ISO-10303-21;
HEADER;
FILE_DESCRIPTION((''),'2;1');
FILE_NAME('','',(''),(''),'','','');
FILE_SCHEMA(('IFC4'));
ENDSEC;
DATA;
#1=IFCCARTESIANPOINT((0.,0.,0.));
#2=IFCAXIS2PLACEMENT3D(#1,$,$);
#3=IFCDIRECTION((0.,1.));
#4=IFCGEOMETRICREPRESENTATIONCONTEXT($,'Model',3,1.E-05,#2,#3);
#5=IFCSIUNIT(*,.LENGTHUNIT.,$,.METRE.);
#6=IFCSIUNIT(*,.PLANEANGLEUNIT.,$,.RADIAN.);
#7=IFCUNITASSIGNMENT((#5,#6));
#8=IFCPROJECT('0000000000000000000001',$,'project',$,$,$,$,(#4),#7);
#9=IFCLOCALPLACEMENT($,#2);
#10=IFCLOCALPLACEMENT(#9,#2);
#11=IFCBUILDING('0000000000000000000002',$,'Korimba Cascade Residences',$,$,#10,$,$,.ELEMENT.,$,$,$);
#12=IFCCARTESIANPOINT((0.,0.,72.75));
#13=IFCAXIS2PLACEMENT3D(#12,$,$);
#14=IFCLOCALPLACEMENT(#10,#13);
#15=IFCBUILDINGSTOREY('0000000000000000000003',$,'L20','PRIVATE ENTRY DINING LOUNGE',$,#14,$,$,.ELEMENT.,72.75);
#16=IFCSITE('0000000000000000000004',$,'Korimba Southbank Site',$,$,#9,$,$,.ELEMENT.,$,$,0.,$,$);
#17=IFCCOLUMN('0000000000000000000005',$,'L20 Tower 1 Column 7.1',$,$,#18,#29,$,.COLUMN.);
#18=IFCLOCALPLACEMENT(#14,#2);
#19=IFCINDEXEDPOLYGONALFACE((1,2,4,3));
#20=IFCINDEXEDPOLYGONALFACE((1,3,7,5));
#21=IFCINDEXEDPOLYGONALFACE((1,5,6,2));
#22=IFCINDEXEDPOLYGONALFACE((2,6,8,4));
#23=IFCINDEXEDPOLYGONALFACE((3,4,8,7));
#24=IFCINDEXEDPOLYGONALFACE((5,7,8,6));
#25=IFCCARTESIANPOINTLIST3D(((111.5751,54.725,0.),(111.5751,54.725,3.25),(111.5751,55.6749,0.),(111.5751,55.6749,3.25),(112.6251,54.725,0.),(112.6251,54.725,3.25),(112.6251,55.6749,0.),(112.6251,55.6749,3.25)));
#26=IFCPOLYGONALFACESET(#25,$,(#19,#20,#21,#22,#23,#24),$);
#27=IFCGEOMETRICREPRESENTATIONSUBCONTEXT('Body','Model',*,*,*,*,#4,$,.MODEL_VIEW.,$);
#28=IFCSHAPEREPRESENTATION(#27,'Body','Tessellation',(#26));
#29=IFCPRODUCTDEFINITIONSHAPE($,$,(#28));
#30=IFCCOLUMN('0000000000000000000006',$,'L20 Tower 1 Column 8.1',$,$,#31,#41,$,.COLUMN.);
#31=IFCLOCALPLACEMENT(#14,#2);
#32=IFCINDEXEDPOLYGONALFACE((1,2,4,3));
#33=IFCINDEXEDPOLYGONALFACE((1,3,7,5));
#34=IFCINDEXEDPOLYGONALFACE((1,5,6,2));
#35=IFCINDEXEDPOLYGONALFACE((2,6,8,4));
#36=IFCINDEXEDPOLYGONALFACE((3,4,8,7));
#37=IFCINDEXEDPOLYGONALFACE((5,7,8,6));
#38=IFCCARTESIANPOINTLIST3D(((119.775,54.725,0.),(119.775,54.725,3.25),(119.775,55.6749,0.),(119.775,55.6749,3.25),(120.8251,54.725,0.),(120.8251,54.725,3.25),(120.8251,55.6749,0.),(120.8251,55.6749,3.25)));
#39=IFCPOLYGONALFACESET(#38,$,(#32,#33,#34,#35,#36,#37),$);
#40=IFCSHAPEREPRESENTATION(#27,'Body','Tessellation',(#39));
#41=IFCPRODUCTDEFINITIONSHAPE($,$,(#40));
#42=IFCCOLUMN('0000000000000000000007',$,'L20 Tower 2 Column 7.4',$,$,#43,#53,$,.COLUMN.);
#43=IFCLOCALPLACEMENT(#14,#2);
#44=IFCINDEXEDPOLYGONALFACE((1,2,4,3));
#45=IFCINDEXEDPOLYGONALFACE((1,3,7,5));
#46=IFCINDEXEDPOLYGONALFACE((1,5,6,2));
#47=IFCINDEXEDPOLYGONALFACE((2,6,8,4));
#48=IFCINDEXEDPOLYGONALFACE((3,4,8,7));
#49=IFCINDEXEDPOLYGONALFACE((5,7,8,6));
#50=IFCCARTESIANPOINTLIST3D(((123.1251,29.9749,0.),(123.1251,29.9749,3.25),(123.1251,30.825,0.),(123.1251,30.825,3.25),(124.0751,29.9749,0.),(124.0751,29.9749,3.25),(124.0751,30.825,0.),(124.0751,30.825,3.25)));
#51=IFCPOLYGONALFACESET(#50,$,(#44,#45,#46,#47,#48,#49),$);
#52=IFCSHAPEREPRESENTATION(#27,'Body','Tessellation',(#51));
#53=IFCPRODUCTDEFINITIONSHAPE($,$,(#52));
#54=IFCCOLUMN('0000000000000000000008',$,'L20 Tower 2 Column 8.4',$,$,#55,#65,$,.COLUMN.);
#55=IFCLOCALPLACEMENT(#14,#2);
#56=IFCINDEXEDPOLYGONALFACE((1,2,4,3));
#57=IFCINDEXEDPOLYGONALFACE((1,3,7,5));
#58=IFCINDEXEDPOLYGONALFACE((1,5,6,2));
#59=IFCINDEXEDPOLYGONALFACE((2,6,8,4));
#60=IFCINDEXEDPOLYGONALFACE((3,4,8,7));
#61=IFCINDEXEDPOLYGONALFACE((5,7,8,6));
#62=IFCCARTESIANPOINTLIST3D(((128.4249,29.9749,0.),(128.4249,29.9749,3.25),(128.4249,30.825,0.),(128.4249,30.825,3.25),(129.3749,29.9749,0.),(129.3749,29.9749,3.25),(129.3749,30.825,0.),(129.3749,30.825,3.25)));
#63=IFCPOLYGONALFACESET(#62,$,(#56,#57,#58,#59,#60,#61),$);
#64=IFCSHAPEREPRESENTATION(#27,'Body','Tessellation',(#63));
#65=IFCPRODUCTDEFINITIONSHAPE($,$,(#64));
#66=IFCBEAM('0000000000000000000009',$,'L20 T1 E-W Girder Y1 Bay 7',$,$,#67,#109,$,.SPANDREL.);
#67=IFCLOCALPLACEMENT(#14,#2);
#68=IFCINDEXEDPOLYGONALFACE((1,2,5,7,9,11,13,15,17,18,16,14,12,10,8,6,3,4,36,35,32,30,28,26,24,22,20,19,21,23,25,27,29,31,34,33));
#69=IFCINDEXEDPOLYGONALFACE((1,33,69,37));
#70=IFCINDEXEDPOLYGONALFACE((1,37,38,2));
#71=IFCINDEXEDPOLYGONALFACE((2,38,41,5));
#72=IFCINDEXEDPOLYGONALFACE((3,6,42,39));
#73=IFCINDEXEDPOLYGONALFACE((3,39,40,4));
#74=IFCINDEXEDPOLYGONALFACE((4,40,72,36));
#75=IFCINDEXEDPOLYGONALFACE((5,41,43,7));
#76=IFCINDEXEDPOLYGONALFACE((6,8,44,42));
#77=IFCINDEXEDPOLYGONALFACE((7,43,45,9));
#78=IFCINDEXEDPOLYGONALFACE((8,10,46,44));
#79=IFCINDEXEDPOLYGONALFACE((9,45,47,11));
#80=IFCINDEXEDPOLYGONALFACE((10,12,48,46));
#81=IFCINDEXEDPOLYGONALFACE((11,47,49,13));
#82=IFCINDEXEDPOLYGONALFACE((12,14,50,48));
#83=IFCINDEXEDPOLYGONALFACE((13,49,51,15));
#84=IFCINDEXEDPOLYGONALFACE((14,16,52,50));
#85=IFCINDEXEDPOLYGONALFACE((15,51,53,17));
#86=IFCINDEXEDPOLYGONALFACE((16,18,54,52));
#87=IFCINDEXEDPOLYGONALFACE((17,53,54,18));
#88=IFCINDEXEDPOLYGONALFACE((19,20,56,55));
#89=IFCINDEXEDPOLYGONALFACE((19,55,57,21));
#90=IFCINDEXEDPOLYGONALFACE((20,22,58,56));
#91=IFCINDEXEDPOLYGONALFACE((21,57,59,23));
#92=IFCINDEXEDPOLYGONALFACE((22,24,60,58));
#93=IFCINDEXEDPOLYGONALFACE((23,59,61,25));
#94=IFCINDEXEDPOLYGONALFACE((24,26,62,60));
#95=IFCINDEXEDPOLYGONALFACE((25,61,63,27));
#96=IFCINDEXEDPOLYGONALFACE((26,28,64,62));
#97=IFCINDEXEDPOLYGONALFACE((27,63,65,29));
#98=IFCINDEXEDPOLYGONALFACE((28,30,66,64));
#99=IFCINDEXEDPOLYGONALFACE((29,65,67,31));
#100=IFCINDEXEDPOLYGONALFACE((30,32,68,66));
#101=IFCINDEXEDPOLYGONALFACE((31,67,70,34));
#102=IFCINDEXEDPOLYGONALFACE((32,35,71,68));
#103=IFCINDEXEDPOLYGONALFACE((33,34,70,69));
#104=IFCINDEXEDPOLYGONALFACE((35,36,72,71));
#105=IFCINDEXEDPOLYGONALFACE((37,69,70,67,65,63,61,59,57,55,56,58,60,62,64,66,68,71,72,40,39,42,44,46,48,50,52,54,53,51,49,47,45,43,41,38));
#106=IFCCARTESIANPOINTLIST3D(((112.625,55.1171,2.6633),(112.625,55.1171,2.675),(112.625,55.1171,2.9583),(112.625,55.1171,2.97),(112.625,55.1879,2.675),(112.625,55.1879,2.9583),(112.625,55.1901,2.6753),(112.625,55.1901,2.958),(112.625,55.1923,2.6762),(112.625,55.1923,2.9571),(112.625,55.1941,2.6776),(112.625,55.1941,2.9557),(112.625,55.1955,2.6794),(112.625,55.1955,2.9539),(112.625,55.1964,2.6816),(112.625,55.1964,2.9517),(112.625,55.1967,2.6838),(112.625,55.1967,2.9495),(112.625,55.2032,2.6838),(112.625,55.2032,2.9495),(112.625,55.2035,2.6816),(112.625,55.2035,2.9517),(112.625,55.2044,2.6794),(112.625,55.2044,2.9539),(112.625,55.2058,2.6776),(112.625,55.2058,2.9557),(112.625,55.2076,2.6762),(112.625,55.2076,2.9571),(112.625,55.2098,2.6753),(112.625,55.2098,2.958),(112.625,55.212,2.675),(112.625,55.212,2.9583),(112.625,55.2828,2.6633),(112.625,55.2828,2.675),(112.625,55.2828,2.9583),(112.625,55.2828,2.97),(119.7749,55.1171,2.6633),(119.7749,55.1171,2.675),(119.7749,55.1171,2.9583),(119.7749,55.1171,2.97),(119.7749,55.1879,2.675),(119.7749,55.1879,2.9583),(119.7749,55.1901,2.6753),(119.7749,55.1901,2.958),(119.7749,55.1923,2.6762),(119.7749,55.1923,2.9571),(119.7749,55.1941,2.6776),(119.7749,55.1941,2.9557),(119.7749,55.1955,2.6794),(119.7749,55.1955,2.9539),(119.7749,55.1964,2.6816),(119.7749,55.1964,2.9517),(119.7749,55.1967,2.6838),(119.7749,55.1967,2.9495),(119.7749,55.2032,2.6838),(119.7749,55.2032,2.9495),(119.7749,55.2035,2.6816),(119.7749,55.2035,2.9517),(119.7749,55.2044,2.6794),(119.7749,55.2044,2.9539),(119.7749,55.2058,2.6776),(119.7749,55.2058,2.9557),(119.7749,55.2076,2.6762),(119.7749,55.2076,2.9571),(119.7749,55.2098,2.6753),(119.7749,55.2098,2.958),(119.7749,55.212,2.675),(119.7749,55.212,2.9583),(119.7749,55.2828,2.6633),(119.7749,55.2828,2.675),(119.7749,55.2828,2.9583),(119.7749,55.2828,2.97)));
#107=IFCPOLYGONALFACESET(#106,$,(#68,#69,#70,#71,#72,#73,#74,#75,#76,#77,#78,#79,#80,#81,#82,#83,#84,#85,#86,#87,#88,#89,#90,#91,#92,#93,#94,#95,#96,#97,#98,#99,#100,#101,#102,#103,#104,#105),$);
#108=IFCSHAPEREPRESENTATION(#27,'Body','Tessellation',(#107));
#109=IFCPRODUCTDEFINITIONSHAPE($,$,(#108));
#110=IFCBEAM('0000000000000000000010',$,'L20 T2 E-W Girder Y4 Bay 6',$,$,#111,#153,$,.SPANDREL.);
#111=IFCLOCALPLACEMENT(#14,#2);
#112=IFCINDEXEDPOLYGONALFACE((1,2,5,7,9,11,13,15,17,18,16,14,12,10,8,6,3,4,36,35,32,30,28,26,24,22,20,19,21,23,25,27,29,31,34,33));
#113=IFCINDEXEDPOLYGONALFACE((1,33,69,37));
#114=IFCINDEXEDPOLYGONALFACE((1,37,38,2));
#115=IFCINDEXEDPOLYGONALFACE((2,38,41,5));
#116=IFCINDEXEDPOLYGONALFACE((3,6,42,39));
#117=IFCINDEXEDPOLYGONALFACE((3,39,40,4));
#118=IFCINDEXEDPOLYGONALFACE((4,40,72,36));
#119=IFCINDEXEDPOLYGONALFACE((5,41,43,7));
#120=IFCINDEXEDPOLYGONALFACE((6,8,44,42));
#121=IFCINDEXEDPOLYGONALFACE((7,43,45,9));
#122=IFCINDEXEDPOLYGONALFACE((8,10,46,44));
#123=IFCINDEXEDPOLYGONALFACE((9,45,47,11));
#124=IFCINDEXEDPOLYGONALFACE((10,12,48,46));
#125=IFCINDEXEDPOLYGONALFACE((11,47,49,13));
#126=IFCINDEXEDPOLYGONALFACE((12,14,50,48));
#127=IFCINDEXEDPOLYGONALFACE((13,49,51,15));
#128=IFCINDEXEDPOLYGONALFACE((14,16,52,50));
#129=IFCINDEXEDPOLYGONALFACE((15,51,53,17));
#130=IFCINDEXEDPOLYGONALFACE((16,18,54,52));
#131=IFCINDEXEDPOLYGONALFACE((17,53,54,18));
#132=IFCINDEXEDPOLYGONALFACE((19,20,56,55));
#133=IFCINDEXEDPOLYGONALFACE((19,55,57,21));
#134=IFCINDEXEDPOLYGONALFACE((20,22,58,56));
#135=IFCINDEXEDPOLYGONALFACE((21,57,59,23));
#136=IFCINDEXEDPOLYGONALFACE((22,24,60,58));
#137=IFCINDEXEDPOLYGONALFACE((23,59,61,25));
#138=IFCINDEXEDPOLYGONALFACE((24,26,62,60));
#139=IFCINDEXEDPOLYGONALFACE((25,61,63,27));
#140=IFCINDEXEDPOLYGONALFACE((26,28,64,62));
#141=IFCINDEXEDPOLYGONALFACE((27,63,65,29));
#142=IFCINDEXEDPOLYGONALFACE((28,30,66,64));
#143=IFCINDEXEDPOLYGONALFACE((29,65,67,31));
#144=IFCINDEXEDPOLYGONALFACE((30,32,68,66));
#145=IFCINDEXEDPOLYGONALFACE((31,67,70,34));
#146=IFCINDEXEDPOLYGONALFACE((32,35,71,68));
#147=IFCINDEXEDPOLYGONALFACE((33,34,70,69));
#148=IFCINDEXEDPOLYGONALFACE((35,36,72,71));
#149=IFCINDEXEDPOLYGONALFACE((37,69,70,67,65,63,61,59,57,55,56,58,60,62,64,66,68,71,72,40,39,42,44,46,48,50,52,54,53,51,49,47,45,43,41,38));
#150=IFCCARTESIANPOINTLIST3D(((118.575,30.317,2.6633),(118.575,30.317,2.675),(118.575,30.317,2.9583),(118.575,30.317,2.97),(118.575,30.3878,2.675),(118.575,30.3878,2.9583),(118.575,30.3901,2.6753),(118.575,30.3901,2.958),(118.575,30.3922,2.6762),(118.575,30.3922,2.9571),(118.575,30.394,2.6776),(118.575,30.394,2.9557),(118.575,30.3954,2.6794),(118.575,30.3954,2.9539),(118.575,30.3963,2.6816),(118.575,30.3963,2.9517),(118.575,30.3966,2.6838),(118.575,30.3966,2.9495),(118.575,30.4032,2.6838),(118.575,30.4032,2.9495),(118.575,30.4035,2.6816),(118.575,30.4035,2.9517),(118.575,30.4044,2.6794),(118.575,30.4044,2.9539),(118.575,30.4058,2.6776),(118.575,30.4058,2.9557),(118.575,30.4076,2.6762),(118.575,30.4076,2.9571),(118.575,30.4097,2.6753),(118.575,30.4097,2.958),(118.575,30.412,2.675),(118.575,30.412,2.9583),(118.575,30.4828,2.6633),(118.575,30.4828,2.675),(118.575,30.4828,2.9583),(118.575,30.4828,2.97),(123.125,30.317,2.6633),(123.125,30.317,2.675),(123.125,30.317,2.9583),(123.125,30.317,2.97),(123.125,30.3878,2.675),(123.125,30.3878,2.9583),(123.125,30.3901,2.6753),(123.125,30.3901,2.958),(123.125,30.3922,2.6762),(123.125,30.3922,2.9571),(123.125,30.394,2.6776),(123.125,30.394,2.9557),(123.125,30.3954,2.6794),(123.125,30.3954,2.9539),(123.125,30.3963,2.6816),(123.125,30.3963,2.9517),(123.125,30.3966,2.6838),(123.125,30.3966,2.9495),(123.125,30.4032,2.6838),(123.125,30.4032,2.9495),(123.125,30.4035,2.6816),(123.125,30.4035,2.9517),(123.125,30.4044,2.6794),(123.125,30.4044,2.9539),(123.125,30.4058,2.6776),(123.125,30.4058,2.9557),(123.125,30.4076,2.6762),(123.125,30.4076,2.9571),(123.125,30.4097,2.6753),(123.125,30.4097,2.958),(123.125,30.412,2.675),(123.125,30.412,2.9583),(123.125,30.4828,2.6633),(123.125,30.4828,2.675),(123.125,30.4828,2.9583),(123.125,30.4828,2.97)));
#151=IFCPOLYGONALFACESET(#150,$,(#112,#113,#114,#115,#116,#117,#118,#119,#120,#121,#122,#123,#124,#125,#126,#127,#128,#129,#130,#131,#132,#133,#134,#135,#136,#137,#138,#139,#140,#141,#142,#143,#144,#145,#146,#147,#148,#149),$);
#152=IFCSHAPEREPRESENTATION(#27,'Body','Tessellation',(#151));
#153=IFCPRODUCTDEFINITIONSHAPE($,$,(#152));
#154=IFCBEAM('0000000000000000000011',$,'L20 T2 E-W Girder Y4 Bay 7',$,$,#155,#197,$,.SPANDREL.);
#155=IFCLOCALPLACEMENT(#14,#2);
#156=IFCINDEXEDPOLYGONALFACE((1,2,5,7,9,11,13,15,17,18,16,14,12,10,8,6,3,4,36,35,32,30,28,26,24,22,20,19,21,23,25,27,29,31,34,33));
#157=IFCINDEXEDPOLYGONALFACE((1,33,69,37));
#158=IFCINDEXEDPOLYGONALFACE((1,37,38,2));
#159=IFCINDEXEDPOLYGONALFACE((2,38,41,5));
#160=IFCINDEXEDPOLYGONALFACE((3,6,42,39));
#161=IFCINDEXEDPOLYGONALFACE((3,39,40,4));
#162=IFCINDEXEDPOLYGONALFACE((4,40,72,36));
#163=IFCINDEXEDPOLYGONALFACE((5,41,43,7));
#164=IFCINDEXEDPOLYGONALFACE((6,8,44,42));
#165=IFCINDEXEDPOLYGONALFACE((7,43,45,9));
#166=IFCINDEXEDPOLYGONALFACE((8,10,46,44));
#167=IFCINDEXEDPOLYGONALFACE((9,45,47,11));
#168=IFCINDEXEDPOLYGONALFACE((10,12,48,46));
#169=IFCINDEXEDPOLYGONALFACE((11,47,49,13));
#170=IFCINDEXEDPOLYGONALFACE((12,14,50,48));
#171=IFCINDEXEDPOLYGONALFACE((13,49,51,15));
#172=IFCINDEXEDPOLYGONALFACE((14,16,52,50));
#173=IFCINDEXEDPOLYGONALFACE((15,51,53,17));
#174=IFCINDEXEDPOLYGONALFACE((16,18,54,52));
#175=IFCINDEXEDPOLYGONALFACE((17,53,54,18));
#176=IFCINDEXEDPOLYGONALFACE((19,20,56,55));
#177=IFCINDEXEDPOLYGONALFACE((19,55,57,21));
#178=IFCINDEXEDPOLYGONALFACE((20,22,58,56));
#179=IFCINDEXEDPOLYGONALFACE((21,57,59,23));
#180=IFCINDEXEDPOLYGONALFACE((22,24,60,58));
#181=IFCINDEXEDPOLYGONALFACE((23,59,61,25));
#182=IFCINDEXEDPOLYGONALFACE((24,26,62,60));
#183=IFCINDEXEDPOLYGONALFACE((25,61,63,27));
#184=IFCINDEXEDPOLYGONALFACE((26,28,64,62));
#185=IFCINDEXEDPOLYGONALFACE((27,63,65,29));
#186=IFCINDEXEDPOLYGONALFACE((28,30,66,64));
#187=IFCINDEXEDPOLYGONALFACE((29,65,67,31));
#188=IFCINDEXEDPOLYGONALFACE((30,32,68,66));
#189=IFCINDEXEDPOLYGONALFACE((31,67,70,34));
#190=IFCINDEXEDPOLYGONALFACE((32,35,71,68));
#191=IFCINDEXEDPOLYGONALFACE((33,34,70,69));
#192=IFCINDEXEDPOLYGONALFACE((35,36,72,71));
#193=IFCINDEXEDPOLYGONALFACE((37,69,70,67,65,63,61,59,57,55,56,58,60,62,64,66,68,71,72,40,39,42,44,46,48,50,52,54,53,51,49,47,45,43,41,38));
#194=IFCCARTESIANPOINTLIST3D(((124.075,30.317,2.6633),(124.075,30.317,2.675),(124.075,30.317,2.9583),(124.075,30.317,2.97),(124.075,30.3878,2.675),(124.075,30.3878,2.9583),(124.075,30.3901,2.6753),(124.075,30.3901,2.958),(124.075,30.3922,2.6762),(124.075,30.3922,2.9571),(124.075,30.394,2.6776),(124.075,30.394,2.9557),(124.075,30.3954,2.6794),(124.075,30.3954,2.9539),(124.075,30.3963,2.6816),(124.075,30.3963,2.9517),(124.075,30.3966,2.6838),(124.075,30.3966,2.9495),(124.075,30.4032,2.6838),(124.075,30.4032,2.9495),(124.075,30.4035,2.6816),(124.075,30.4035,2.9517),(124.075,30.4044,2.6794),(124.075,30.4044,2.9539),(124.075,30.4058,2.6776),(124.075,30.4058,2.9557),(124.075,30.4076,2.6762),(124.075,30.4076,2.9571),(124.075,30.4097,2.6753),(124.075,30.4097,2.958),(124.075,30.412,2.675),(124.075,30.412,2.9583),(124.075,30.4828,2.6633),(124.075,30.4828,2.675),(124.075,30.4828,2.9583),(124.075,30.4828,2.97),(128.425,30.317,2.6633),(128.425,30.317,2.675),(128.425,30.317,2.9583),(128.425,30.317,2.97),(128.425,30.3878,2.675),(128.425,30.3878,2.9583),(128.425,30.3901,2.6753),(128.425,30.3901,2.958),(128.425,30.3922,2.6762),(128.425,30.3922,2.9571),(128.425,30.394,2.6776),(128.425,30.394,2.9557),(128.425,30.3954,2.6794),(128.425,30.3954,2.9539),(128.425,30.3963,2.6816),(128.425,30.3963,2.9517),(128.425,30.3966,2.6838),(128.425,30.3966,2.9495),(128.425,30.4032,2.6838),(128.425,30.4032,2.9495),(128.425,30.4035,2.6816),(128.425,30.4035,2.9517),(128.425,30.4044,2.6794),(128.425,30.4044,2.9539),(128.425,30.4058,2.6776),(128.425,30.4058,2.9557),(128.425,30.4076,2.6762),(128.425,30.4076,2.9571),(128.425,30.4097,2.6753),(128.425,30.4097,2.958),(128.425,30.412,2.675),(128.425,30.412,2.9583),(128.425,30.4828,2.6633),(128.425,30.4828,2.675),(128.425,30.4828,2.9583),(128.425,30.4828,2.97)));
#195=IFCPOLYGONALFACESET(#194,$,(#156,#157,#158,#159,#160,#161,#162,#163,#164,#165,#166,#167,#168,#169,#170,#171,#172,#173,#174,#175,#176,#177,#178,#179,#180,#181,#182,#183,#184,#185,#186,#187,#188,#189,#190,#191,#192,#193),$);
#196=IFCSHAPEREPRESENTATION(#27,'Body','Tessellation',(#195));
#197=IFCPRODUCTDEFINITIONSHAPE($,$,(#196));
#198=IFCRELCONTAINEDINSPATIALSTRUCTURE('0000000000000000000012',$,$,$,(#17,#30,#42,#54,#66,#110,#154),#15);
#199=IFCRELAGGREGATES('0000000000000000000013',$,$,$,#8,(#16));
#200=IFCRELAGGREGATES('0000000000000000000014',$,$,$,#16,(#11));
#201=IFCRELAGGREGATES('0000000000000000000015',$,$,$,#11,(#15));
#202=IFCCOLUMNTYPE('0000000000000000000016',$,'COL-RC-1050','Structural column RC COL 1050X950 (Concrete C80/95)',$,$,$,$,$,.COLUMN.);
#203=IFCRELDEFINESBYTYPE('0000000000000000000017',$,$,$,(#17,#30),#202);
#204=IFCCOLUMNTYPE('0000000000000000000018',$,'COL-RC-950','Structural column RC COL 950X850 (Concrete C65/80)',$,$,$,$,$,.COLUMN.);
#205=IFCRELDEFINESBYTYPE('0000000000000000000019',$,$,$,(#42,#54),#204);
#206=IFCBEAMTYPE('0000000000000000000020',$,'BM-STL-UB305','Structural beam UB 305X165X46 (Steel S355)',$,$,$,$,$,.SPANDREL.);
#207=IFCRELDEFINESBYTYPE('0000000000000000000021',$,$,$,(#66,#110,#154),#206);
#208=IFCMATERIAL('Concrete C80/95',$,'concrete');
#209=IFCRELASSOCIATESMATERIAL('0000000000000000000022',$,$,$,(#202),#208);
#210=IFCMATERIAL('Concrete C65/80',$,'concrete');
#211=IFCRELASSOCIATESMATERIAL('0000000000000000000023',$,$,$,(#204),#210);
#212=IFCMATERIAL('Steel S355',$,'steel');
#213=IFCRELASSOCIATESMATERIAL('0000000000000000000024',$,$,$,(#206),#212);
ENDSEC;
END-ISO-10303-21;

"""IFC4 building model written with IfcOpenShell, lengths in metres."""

from ifc_helpers import new_model, si_unit, direction, frame, origin, origin_2d, place, context, subcontext, project, spatial, rectangle, i_section, extrude, material, material_profile, profile_set, type_object, element, save


model = new_model("IFC4")

# Units and contexts
model_context = context("Model", 3, precision=1e-05, world=origin(), true_north=direction((0.0, 1.0)))
body_context = subcontext(model_context, "Body", "Model", "MODEL_VIEW")
ifc_project = project(units=[si_unit("LENGTHUNIT", "METRE"), si_unit("PLANEANGLEUNIT", "RADIAN")], contexts=[model_context])

# Site, building, storey
site_placement = place(None, origin())
site = spatial("IfcSite", under=ifc_project, at=site_placement, Name="Korimba Southbank Site", CompositionType="ELEMENT", RefElevation=0.0)
building_placement = place(site_placement, origin())
building = spatial("IfcBuilding", under=site, at=building_placement, Name="Korimba Cascade Residences", CompositionType="ELEMENT")
storey_placement = place(building_placement, frame((0.0, 0.0, 72.75)))
storey = spatial("IfcBuildingStorey", under=building, at=storey_placement, Name="L20", Description="PRIVATE ENTRY DINING LOUNGE", CompositionType="ELEMENT", Elevation=72.75)

# Columns
ifc_material_1 = material(Name="Concrete C80/95", Category="concrete")
ifc_material_profile_1 = material_profile(ifc_material_1, rectangle(XDim=1.05, YDim=0.95, at=origin_2d()), Name="Concrete C80/95")
ifc_profile_set_1 = profile_set([ifc_material_profile_1], Name="Concrete C80/95")
column_type_1 = type_object("IfcColumnType", Name="COL-RC-1050", Description="Structural column RC COL 1050X950 (Concrete C80/95)", PredefinedType="COLUMN", material=ifc_profile_set_1)
for number, where, z_axis, x_axis, name in (
    (1, (112.1001, 55.2, 0.0), (0.0, 0.0, 1.0), (1.0, 0.0, 0.0), "L20 Tower 1 Column 7.1"),
    (2, (120.3, 55.2, 0.0), (0.0, 0.0, 1.0), (1.0, 0.0, 0.0), "L20 Tower 1 Column 8.1"),
):
    element("IfcColumn", number, at=place(storey_placement, frame(where, z_axis=z_axis, x_axis=x_axis)), inside=storey, type_object=column_type_1, Name=name, PredefinedType="COLUMN", context=body_context, shape_type="SweptSolid", body=[
        extrude(rectangle(XDim=1.05, YDim=0.95, at=origin_2d()), origin(), (0.0, 0.0, 1.0), 3.25),
    ])
ifc_material_2 = material(Name="Concrete C65/80", Category="concrete")
ifc_material_profile_2 = material_profile(ifc_material_2, rectangle(XDim=0.95, YDim=0.8501, at=origin_2d()), Name="Concrete C65/80")
ifc_profile_set_2 = profile_set([ifc_material_profile_2], Name="Concrete C65/80")
column_type_2 = type_object("IfcColumnType", Name="COL-RC-950", Description="Structural column RC COL 950X850 (Concrete C65/80)", PredefinedType="COLUMN", material=ifc_profile_set_2)
for number, where, z_axis, x_axis, name in (
    (3, (123.6001, 30.3999, 0.0), (0.0, 0.0, 1.0), (1.0, 0.0, 0.0), "L20 Tower 2 Column 7.4"),
    (4, (128.8999, 30.3999, 0.0), (0.0, 0.0, 1.0), (1.0, 0.0, 0.0), "L20 Tower 2 Column 8.4"),
):
    element("IfcColumn", number, at=place(storey_placement, frame(where, z_axis=z_axis, x_axis=x_axis)), inside=storey, type_object=column_type_2, Name=name, PredefinedType="COLUMN", context=body_context, shape_type="SweptSolid", body=[
        extrude(rectangle(XDim=0.95, YDim=0.8501, at=origin_2d()), origin(), (0.0, 0.0, 1.0), 3.25),
    ])

# Beams
ifc_material_3 = material(Name="Steel S355", Category="steel")
ifc_material_profile_3 = material_profile(ifc_material_3, i_section(OverallWidth=0.1658, OverallDepth=0.3066, WebThickness=0.0066, FlangeThickness=0.0117, FilletRadius=0.0088, at=origin_2d()), Name="Steel S355")
ifc_profile_set_3 = profile_set([ifc_material_profile_3], Name="Steel S355")
beam_type = type_object("IfcBeamType", Name="BM-STL-UB305", Description="Structural beam UB 305X165X46 (Steel S355)", PredefinedType="SPANDREL", material=ifc_profile_set_3)
beam_1_placement = place(storey_placement, frame((112.625, 55.2, 2.8167), z_axis=(1.0, 0.0, 0.0), x_axis=(0.0, 1.0, 0.0)))
element("IfcBeam", 5, at=beam_1_placement, inside=storey, type_object=beam_type, Name="L20 T1 E-W Girder Y1 Bay 7", PredefinedType="SPANDREL", context=body_context, shape_type="SweptSolid", body=[
    extrude(i_section(OverallWidth=0.1658, OverallDepth=0.3066, WebThickness=0.0066, FlangeThickness=0.0117, FilletRadius=0.0088, at=origin_2d()), origin(), (0.0, 0.0, 1.0), 7.1499),
])
beam_2_placement = place(storey_placement, frame((118.575, 30.3999, 2.8167), z_axis=(1.0, 0.0, 0.0), x_axis=(0.0, 1.0, 0.0)))
element("IfcBeam", 6, at=beam_2_placement, inside=storey, type_object=beam_type, Name="L20 T2 E-W Girder Y4 Bay 6", PredefinedType="SPANDREL", context=body_context, shape_type="SweptSolid", body=[
    extrude(i_section(OverallWidth=0.1658, OverallDepth=0.3066, WebThickness=0.0066, FlangeThickness=0.0117, FilletRadius=0.0088, at=origin_2d()), origin(), (0.0, 0.0, 1.0), 4.55),
])
beam_3_placement = place(storey_placement, frame((124.075, 30.3999, 2.8167), z_axis=(1.0, 0.0, 0.0), x_axis=(0.0, 1.0, 0.0)))
element("IfcBeam", 7, at=beam_3_placement, inside=storey, type_object=beam_type, Name="L20 T2 E-W Girder Y4 Bay 7", PredefinedType="SPANDREL", context=body_context, shape_type="SweptSolid", body=[
    extrude(i_section(OverallWidth=0.1658, OverallDepth=0.3066, WebThickness=0.0066, FlangeThickness=0.0117, FilletRadius=0.0088, at=origin_2d()), origin(), (0.0, 0.0, 1.0), 4.3501),
])

save(model, "model.ifc")
